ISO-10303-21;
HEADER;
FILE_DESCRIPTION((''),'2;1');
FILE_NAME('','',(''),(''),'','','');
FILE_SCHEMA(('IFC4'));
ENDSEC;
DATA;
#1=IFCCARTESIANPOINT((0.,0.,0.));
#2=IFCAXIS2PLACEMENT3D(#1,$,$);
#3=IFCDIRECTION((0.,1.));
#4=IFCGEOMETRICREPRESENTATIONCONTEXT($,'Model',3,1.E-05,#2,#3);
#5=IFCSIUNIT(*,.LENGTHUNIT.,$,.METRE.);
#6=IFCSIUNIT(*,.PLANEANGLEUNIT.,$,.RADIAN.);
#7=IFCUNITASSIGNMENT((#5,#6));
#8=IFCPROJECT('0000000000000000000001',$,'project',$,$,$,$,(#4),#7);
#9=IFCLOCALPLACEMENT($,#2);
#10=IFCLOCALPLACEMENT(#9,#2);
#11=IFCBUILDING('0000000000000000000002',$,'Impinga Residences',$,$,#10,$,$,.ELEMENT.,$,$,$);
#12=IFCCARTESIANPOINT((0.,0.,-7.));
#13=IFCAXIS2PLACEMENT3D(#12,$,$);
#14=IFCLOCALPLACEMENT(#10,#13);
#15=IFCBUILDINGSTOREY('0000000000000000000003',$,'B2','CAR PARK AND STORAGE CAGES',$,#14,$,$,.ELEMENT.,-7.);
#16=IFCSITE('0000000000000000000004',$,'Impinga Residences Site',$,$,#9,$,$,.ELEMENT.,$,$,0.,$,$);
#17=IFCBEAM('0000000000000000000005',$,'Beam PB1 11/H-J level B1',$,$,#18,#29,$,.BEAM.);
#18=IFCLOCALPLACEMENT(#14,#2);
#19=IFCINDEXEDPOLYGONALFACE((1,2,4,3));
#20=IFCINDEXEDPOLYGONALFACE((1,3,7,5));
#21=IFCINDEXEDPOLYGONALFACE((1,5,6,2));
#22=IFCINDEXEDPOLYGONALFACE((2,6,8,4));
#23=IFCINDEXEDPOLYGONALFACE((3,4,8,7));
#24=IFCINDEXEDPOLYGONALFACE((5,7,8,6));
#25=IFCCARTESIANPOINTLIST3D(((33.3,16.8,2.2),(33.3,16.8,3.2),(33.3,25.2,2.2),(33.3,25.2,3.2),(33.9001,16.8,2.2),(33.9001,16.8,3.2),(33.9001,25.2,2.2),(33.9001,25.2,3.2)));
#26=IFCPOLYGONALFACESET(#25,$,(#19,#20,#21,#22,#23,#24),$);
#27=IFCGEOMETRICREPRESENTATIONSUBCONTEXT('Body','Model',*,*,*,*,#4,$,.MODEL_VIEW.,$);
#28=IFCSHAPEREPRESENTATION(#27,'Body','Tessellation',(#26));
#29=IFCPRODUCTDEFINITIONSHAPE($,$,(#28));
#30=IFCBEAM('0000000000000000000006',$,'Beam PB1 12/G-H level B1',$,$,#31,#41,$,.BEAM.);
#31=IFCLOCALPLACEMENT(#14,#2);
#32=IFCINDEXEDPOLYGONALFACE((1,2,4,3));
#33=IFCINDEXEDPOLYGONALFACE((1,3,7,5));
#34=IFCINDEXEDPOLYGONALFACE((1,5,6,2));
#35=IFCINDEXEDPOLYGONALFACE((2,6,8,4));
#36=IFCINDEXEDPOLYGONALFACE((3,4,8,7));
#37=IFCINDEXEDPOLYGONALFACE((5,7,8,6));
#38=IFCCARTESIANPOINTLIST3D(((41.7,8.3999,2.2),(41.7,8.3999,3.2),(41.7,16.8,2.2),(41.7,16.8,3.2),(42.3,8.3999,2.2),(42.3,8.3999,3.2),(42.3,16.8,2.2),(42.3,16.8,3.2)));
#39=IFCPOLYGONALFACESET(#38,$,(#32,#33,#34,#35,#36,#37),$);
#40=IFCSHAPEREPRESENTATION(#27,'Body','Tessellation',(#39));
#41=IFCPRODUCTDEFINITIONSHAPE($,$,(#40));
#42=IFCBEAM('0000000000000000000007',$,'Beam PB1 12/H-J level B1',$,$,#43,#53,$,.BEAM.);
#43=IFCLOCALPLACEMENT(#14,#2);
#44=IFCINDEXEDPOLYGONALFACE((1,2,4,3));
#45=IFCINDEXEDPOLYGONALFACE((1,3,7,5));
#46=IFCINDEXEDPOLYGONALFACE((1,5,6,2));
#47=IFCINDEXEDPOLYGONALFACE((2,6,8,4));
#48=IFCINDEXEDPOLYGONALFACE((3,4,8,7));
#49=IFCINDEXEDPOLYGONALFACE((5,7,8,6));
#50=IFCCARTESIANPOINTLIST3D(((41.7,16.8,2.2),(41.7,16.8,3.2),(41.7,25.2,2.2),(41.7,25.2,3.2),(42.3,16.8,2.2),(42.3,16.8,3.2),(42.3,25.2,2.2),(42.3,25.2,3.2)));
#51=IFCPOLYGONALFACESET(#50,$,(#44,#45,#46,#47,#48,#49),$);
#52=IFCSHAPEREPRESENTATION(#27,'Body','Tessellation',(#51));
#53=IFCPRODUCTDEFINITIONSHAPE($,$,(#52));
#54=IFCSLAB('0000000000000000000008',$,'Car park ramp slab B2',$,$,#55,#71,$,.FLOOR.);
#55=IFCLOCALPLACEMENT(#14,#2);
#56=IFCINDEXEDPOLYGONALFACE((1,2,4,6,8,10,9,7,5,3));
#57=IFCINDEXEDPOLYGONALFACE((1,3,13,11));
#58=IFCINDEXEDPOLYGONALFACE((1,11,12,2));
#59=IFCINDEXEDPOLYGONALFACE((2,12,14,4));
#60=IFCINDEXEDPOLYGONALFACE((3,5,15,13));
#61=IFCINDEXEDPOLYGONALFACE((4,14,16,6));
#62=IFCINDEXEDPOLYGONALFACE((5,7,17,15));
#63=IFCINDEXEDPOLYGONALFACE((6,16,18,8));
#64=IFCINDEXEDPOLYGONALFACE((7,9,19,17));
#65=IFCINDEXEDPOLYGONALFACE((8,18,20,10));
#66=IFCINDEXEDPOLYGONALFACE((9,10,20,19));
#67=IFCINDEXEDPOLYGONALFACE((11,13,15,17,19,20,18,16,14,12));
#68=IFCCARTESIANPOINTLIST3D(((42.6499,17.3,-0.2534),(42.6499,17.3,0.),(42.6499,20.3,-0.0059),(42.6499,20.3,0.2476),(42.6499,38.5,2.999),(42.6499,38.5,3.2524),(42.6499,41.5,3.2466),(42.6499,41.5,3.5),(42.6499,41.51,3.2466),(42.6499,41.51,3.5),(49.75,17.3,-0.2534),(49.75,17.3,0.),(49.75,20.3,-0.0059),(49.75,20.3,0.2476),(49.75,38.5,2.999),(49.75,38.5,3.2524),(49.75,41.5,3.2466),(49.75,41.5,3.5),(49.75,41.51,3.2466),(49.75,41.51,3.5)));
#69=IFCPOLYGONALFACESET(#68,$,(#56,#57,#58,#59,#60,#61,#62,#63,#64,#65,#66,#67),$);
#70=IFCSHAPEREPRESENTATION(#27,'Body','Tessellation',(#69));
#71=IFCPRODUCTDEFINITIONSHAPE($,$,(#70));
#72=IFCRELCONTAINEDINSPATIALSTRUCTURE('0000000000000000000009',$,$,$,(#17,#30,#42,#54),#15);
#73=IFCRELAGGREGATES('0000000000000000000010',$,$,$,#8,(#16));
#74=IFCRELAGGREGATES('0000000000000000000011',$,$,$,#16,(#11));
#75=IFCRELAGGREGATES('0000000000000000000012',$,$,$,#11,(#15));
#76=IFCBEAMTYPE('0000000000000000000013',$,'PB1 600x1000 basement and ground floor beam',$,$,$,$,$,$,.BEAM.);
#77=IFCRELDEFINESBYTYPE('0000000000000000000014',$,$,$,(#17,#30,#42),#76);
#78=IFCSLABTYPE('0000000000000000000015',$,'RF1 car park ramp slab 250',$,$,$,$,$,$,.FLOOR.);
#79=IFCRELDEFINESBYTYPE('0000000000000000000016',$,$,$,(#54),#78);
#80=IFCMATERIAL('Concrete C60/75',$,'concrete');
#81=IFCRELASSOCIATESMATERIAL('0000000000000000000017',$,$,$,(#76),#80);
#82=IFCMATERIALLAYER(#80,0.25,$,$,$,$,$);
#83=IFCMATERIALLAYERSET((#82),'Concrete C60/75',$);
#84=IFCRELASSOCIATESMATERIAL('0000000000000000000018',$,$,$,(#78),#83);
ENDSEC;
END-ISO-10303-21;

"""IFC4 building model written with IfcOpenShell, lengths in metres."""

from ifc_helpers import new_model, si_unit, direction, frame, origin, origin_2d, place, context, subcontext, project, spatial, polyline, rectangle, outline, extrude, material, layer, layer_set, material_profile, profile_set, type_object, element, save


model = new_model("IFC4")

# Units and contexts
model_context = context("Model", 3, precision=1e-05, world=origin(), true_north=direction((0.0, 1.0)))
body_context = subcontext(model_context, "Body", "Model", "MODEL_VIEW")
ifc_project = project(units=[si_unit("LENGTHUNIT", "METRE"), si_unit("PLANEANGLEUNIT", "RADIAN")], contexts=[model_context])

# Site, building, storey
site_placement = place(None, origin())
site = spatial("IfcSite", under=ifc_project, at=site_placement, Name="Impinga Residences Site", CompositionType="ELEMENT", RefElevation=0.0)
building_placement = place(site_placement, origin())
building = spatial("IfcBuilding", under=site, at=building_placement, Name="Impinga Residences", CompositionType="ELEMENT")
storey_placement = place(building_placement, frame((0.0, 0.0, -7.0)))
storey = spatial("IfcBuildingStorey", under=building, at=storey_placement, Name="B2", Description="CAR PARK AND STORAGE CAGES", CompositionType="ELEMENT", Elevation=-7.0)

# Beams
ifc_material_1 = material(Name="Concrete C60/75", Category="concrete")
ifc_material_profile_1 = material_profile(ifc_material_1, rectangle(XDim=0.6001, YDim=1.0, at=origin_2d()), Name="RC 600x1000")
ifc_profile_set_1 = profile_set([ifc_material_profile_1], Name="Concrete C60/75")
beam_type = type_object("IfcBeamType", Name="PB1 600x1000 basement and ground floor beam", PredefinedType="BEAM", material=ifc_profile_set_1)
beam_1_placement = place(storey_placement, frame((33.6001, 16.8, 2.7), z_axis=(0.0, 1.0, 0.0), x_axis=(-1.0, 0.0, 0.0)))
element("IfcBeam", 1, at=beam_1_placement, inside=storey, type_object=beam_type, Name="Beam PB1 11/H-J level B1", PredefinedType="BEAM", context=body_context, shape_type="SweptSolid", body=[
    extrude(rectangle(XDim=0.6001, YDim=1.0, at=origin_2d()), origin(), (0.0, 0.0, 1.0), 8.3999),
])
beam_2_placement = place(storey_placement, frame((42.0, 8.3999, 2.7), z_axis=(0.0, 1.0, 0.0), x_axis=(-1.0, 0.0, 0.0)))
element("IfcBeam", 2, at=beam_2_placement, inside=storey, type_object=beam_type, Name="Beam PB1 12/G-H level B1", PredefinedType="BEAM", context=body_context, shape_type="SweptSolid", body=[
    extrude(rectangle(XDim=0.6001, YDim=1.0, at=origin_2d()), origin(), (0.0, 0.0, 1.0), 8.4001),
])
beam_3_placement = place(storey_placement, frame((42.0, 16.8, 2.7), z_axis=(0.0, 1.0, 0.0), x_axis=(-1.0, 0.0, 0.0)))
element("IfcBeam", 3, at=beam_3_placement, inside=storey, type_object=beam_type, Name="Beam PB1 12/H-J level B1", PredefinedType="BEAM", context=body_context, shape_type="SweptSolid", body=[
    extrude(rectangle(XDim=0.6001, YDim=1.0, at=origin_2d()), origin(), (0.0, 0.0, 1.0), 8.3999),
])

# Slab
ifc_layer = layer(ifc_material_1, 0.25)
ifc_layer_set = layer_set([ifc_layer], Name="Concrete C60/75")
slab_type = type_object("IfcSlabType", Name="RF1 car park ramp slab 250", PredefinedType="FLOOR", material=ifc_layer_set)
slab_placement = place(storey_placement, frame((42.6499, 17.3, 0.0), z_axis=(-1.0, 0.0, 0.0), x_axis=(0.0, 0.996613, 0.08224)))
element("IfcSlab", 4, at=slab_placement, inside=storey, type_object=slab_type, Name="Car park ramp slab B2", PredefinedType="FLOOR", context=body_context, shape_type="SweptSolid", body=[
    extrude(outline(polyline([(0.0, 0.0), (3.0102, 0.0), (21.3956, -1.4979), (24.4058, -1.4979), (24.4158, -1.4971), (24.3949, -1.2446), (24.385, -1.2454), (21.3748, -1.2454), (2.9894, 0.2526), (-0.0208, 0.2526), (0.0, 0.0)])), origin(), (0.0, 0.0, -1.0), 7.1001),
])

save(model, "model.ifc")
